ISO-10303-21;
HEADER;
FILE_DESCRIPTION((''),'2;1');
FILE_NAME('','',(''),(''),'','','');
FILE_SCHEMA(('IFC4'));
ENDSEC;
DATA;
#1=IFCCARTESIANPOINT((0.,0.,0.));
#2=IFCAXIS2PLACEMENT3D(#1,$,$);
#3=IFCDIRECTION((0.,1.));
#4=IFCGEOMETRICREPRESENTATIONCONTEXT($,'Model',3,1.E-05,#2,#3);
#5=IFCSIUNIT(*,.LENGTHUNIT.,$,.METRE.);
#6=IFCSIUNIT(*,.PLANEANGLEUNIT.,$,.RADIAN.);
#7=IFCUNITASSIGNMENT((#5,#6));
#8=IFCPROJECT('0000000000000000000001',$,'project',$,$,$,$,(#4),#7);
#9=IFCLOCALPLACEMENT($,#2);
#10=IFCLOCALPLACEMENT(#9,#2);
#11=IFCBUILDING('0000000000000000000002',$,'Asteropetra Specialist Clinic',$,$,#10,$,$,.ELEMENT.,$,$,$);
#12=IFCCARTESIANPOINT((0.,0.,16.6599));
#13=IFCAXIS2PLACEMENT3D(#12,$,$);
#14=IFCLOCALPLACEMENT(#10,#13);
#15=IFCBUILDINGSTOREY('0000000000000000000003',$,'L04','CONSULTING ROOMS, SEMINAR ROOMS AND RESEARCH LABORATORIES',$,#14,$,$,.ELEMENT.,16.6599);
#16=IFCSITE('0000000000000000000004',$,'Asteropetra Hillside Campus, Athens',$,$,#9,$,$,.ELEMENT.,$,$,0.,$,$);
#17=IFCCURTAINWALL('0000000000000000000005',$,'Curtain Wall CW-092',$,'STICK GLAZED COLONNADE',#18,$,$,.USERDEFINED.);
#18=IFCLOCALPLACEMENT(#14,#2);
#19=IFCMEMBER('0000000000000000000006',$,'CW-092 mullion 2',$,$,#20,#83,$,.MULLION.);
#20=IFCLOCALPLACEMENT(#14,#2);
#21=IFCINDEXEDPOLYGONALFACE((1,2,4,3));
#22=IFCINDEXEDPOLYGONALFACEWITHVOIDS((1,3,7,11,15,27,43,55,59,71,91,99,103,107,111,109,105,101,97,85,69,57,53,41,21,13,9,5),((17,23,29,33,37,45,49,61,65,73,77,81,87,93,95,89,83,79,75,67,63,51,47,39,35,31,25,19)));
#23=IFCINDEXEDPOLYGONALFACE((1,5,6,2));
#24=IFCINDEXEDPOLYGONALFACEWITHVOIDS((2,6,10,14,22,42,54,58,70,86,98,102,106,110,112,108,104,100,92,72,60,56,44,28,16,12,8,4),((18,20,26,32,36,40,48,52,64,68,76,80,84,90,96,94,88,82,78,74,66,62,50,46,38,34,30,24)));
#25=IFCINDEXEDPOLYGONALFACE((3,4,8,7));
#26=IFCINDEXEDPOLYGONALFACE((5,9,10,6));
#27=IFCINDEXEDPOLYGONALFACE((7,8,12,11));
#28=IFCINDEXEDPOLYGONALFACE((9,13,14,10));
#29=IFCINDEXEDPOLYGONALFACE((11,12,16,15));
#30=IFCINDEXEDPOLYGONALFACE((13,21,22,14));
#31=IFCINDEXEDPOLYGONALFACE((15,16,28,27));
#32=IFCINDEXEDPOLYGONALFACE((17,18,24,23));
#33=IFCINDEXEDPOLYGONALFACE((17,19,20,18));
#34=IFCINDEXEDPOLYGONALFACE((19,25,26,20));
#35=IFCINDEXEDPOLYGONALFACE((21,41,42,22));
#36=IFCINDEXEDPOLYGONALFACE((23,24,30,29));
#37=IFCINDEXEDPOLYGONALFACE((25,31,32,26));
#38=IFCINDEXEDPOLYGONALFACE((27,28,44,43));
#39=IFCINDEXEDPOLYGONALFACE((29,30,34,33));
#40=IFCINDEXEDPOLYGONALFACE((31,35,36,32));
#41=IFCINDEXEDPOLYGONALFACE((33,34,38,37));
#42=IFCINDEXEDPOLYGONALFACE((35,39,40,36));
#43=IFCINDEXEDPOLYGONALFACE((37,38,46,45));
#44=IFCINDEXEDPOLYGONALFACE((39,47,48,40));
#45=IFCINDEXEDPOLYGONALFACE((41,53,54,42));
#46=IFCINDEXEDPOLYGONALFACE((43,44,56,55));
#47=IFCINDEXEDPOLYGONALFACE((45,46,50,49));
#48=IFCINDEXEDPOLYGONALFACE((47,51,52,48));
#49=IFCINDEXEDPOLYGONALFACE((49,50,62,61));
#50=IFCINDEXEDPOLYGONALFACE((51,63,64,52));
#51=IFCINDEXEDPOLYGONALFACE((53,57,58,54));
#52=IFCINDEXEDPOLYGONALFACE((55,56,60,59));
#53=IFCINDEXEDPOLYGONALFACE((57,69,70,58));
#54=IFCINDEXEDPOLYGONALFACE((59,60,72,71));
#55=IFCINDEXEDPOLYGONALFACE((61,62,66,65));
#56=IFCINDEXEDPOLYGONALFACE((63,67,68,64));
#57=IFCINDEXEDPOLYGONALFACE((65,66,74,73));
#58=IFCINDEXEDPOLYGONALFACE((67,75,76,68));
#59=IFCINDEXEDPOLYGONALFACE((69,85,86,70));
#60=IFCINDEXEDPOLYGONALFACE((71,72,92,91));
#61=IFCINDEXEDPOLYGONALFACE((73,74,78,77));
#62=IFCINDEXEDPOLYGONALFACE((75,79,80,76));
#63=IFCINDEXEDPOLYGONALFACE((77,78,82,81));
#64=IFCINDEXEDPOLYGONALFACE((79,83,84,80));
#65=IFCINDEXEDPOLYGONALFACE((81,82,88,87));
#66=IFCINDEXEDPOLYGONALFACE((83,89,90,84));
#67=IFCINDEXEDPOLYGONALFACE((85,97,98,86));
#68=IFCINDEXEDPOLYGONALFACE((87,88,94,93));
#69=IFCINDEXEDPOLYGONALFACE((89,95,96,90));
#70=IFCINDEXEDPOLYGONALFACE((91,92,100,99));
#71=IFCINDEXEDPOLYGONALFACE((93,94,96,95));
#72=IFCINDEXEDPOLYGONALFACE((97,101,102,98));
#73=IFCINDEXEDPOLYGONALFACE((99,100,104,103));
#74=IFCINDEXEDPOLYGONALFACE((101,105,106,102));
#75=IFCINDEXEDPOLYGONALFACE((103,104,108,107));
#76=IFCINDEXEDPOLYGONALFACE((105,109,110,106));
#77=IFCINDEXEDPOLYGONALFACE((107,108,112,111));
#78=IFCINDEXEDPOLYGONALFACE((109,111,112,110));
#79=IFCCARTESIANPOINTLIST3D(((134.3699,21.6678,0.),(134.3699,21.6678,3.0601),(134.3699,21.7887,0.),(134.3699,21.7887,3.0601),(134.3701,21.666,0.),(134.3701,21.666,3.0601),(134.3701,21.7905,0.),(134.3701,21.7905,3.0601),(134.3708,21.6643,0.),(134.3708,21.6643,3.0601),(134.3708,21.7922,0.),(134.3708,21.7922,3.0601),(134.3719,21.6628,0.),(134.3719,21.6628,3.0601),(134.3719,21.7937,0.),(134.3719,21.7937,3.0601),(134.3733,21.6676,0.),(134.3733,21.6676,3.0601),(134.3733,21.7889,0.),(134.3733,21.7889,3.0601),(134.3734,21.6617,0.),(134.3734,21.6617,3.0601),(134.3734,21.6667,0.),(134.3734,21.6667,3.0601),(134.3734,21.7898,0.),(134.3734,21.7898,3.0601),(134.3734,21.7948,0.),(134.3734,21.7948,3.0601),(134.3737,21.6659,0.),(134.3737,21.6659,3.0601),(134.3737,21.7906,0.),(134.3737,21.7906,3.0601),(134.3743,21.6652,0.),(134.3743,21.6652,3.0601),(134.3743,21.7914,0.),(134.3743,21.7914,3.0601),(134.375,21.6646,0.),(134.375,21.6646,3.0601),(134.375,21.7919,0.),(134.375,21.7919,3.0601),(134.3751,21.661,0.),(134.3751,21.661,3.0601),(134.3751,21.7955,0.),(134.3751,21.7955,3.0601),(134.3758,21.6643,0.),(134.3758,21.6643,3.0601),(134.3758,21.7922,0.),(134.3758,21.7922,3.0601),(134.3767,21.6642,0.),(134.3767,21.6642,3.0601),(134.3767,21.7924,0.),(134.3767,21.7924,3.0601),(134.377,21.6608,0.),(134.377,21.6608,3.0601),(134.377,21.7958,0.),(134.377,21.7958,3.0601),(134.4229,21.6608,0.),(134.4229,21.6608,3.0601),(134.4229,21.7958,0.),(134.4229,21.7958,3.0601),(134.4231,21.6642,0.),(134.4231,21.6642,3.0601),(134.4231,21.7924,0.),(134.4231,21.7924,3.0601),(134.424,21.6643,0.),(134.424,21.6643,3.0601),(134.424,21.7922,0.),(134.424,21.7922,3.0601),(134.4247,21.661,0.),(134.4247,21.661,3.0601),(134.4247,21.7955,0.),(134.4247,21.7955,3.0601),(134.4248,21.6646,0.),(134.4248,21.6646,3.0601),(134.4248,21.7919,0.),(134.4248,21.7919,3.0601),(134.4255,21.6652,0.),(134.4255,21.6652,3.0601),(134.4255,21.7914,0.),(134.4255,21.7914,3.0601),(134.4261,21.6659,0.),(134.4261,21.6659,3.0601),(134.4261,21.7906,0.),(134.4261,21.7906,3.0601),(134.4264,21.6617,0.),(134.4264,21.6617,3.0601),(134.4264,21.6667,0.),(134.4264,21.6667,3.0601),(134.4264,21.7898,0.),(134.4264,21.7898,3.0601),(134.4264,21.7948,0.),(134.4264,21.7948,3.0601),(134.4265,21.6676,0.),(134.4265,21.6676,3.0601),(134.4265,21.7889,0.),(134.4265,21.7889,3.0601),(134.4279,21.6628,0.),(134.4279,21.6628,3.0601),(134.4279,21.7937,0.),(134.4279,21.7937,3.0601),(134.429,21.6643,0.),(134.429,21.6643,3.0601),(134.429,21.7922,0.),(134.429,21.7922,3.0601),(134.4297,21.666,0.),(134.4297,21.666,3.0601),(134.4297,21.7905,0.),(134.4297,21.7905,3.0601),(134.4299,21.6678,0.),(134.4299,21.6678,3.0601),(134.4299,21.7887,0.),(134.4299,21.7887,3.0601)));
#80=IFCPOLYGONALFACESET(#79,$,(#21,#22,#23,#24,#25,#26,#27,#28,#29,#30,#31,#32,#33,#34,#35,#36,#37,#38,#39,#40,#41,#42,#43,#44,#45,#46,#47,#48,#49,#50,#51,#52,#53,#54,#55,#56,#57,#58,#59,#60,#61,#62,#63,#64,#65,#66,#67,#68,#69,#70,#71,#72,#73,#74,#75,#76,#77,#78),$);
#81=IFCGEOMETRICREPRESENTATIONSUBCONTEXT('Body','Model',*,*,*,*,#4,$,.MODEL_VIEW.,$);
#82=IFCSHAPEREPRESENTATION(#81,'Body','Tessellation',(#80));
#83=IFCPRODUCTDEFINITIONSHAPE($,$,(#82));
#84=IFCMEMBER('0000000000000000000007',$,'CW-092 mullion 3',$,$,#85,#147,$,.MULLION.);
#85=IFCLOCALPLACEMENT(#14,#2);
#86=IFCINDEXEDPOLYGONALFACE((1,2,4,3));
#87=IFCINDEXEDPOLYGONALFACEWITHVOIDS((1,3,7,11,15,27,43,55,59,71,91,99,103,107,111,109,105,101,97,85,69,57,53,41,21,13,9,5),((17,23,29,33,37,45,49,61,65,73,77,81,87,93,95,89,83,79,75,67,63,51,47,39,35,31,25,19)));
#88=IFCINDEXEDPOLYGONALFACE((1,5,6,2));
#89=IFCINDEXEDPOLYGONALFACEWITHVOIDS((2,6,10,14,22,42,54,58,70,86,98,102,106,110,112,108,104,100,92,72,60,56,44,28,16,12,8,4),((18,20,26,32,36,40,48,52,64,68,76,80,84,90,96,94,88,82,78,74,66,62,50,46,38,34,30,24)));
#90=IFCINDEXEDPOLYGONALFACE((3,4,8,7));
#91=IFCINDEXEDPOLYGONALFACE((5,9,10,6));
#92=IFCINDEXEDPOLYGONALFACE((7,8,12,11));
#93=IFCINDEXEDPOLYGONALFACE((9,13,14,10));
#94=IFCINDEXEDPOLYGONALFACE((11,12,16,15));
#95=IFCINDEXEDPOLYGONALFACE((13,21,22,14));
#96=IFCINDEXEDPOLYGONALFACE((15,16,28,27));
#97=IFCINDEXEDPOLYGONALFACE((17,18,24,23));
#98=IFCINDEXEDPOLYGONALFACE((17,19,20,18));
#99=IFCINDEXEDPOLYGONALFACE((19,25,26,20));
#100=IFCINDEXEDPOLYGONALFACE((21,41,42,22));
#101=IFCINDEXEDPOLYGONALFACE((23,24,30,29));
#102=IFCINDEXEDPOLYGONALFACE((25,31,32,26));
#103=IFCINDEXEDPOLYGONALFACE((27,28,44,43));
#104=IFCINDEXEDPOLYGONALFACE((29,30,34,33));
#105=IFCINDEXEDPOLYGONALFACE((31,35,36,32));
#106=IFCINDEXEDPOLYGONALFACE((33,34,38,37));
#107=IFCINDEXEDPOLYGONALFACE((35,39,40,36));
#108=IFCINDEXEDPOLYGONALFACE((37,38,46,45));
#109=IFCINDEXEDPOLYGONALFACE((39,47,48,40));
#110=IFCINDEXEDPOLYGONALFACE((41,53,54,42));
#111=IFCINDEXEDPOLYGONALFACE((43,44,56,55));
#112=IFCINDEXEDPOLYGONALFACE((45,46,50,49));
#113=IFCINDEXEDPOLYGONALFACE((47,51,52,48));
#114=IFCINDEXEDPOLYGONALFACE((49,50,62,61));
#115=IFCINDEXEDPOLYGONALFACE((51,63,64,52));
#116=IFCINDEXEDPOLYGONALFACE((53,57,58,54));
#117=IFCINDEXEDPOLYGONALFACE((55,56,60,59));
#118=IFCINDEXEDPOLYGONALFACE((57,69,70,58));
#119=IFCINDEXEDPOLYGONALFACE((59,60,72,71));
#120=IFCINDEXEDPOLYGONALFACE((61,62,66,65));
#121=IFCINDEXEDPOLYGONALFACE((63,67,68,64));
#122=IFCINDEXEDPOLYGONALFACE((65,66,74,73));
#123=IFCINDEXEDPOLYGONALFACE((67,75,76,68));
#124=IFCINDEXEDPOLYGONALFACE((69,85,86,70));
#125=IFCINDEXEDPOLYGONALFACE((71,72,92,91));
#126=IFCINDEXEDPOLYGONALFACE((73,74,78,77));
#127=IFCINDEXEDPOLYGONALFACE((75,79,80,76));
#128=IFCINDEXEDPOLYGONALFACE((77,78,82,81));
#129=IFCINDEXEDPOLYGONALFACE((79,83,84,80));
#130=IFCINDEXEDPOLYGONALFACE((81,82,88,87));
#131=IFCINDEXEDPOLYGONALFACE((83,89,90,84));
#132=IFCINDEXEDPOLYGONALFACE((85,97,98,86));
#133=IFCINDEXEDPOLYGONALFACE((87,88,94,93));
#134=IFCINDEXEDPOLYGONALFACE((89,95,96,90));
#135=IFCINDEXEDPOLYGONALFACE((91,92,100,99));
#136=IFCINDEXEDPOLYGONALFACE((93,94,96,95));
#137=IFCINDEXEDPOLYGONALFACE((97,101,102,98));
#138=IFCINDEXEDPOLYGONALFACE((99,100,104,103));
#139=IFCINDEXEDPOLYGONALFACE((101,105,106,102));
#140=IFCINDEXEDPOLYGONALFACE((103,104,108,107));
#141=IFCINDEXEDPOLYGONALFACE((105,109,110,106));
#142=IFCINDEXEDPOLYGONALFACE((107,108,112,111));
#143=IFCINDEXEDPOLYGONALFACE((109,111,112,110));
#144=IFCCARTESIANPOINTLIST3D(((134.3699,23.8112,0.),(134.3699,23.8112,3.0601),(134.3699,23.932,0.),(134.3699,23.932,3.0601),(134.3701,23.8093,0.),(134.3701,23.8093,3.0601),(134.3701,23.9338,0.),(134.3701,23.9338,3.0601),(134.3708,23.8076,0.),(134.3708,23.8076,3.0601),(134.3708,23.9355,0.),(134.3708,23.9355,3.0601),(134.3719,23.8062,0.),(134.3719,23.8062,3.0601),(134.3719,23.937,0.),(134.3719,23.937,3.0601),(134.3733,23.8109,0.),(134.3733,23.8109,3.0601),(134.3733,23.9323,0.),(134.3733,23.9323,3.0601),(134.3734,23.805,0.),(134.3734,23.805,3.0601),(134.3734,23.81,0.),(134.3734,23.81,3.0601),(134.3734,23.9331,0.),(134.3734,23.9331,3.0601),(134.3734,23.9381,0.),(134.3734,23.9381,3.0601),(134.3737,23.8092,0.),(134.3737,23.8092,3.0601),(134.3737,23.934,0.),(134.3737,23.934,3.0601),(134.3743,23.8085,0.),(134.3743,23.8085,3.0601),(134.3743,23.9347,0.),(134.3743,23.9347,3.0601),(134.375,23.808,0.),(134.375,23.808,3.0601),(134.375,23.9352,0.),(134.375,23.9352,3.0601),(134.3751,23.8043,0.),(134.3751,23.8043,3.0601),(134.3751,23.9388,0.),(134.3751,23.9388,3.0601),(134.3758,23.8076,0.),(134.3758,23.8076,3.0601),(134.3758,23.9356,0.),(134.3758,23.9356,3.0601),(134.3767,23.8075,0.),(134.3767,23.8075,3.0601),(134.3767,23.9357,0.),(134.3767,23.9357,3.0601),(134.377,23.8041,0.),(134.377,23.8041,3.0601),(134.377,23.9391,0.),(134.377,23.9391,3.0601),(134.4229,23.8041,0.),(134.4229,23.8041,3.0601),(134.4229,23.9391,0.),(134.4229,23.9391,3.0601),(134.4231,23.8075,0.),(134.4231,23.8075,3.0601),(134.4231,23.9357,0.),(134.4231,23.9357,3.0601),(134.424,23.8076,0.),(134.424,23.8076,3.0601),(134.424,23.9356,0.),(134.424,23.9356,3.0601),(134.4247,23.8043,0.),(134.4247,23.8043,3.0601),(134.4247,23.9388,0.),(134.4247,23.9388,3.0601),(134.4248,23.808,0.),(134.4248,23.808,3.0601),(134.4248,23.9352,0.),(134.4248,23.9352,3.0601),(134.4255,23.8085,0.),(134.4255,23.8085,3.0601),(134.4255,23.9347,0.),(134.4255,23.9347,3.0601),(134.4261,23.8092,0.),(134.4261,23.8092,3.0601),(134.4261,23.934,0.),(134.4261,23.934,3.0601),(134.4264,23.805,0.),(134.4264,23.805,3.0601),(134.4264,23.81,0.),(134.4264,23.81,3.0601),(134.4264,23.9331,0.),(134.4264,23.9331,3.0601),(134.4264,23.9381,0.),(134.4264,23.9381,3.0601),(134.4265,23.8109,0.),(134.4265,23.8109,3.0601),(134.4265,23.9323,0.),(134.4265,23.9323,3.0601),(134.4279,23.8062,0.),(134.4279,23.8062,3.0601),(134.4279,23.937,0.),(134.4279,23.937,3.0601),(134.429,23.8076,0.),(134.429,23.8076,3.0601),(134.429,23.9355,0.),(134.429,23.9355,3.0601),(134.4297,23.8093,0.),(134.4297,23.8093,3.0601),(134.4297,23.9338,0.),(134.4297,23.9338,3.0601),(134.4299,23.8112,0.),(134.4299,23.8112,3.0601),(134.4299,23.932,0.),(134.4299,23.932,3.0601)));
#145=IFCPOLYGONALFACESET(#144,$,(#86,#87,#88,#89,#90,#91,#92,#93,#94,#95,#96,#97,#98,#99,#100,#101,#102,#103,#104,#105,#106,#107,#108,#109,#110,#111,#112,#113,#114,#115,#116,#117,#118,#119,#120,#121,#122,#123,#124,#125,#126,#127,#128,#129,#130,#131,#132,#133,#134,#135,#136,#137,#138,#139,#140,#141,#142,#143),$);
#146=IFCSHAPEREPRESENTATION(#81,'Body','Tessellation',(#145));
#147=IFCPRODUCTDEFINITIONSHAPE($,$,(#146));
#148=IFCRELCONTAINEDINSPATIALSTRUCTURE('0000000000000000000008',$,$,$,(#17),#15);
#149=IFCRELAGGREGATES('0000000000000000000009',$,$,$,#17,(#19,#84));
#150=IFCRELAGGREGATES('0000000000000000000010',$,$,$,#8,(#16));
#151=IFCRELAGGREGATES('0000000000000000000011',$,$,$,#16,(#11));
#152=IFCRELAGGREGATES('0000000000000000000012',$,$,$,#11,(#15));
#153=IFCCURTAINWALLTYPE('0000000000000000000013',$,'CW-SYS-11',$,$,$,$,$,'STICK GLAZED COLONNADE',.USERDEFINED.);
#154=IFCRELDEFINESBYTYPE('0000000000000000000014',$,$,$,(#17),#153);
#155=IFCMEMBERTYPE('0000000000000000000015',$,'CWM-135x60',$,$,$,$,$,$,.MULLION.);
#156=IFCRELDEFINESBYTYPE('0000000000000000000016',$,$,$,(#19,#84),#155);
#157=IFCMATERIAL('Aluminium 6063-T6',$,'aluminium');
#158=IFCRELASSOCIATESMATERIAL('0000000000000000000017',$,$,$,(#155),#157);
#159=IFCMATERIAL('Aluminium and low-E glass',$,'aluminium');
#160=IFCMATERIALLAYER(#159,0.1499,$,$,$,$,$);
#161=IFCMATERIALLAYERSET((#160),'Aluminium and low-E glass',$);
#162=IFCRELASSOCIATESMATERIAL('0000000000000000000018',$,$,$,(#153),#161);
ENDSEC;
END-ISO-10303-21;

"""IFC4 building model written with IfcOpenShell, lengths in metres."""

from ifc_helpers import new_model, si_unit, direction, frame, origin, origin_2d, place, context, subcontext, project, spatial, hollow_rectangle, extrude, material, layer, layer_set, material_profile, profile_set, type_object, element, aggregate, save


model = new_model("IFC4")

# Units and contexts
model_context = context("Model", 3, precision=1e-05, world=origin(), true_north=direction((0.0, 1.0)))
body_context = subcontext(model_context, "Body", "Model", "MODEL_VIEW")
ifc_project = project(units=[si_unit("LENGTHUNIT", "METRE"), si_unit("PLANEANGLEUNIT", "RADIAN")], contexts=[model_context])

# Site, building, storey
site_placement = place(None, origin())
site = spatial("IfcSite", under=ifc_project, at=site_placement, Name="Asteropetra Hillside Campus, Athens", CompositionType="ELEMENT", RefElevation=0.0)
building_placement = place(site_placement, origin())
building = spatial("IfcBuilding", under=site, at=building_placement, Name="Asteropetra Specialist Clinic", CompositionType="ELEMENT")
storey_placement = place(building_placement, frame((0.0, 0.0, 16.6599)))
storey = spatial("IfcBuildingStorey", under=building, at=storey_placement, Name="L04", Description="CONSULTING ROOMS, SEMINAR ROOMS AND RESEARCH LABORATORIES", CompositionType="ELEMENT", Elevation=16.6599)

# Shared definitions
ifc_material_1 = material(Name="Aluminium 6063-T6", Category="aluminium")
ifc_material_profile_1 = material_profile(ifc_material_1, hollow_rectangle(XDim=0.0601, YDim=0.135, WallThickness=0.0034, InnerFilletRadius=0.0034, OuterFilletRadius=0.0071, at=origin_2d()), Name="MUL 135x60x3.5")
ifc_profile_set_1 = profile_set([ifc_material_profile_1], Name="Aluminium 6063-T6")
member_type_1 = type_object("IfcMemberType", Name="CWM-135x60", PredefinedType="MULLION", material=ifc_profile_set_1)

# Curtain wall, members
ifc_material_2 = material(Name="Aluminium and low-E glass", Category="aluminium")
ifc_layer_1 = layer(ifc_material_2, 0.1499)
ifc_layer_set_1 = layer_set([ifc_layer_1], Name="Aluminium and low-E glass")
curtain_wall_type_1 = type_object("IfcCurtainWallType", Name="CW-SYS-11", ElementType="STICK GLAZED COLONNADE", PredefinedType="USERDEFINED", material=ifc_layer_set_1)
curtain_wall_1_placement = place(storey_placement, origin())
curtain_wall_1 = element("IfcCurtainWall", 1, at=curtain_wall_1_placement, inside=storey, type_object=curtain_wall_type_1, Name="Curtain Wall CW-092", ObjectType="STICK GLAZED COLONNADE", PredefinedType="USERDEFINED")
member_1_placement = place(storey_placement, frame((134.3999, 21.7283, 0.0), z_axis=(0.0, 0.0, 1.0), x_axis=(-1.0, 0.0, 0.0)))
member_1 = element("IfcMember", 2, at=member_1_placement, type_object=member_type_1, Name="CW-092 mullion 2", PredefinedType="MULLION", context=body_context, shape_type="SweptSolid", body=[
    extrude(hollow_rectangle(XDim=0.0601, YDim=0.135, WallThickness=0.0034, InnerFilletRadius=0.0034, OuterFilletRadius=0.0071, at=origin_2d()), origin(), (0.0, 0.0, 1.0), 3.0601),
])
member_2_placement = place(storey_placement, frame((134.3999, 23.8716, 0.0), z_axis=(0.0, 0.0, 1.0), x_axis=(-1.0, 0.0, 0.0)))
member_2 = element("IfcMember", 3, at=member_2_placement, type_object=member_type_1, Name="CW-092 mullion 3", PredefinedType="MULLION", context=body_context, shape_type="SweptSolid", body=[
    extrude(hollow_rectangle(XDim=0.0601, YDim=0.135, WallThickness=0.0034, InnerFilletRadius=0.0034, OuterFilletRadius=0.0071, at=origin_2d()), origin(), (0.0, 0.0, 1.0), 3.0601),
])

aggregate(curtain_wall_1, [member_1, member_2])

save(model, "model.ifc")
